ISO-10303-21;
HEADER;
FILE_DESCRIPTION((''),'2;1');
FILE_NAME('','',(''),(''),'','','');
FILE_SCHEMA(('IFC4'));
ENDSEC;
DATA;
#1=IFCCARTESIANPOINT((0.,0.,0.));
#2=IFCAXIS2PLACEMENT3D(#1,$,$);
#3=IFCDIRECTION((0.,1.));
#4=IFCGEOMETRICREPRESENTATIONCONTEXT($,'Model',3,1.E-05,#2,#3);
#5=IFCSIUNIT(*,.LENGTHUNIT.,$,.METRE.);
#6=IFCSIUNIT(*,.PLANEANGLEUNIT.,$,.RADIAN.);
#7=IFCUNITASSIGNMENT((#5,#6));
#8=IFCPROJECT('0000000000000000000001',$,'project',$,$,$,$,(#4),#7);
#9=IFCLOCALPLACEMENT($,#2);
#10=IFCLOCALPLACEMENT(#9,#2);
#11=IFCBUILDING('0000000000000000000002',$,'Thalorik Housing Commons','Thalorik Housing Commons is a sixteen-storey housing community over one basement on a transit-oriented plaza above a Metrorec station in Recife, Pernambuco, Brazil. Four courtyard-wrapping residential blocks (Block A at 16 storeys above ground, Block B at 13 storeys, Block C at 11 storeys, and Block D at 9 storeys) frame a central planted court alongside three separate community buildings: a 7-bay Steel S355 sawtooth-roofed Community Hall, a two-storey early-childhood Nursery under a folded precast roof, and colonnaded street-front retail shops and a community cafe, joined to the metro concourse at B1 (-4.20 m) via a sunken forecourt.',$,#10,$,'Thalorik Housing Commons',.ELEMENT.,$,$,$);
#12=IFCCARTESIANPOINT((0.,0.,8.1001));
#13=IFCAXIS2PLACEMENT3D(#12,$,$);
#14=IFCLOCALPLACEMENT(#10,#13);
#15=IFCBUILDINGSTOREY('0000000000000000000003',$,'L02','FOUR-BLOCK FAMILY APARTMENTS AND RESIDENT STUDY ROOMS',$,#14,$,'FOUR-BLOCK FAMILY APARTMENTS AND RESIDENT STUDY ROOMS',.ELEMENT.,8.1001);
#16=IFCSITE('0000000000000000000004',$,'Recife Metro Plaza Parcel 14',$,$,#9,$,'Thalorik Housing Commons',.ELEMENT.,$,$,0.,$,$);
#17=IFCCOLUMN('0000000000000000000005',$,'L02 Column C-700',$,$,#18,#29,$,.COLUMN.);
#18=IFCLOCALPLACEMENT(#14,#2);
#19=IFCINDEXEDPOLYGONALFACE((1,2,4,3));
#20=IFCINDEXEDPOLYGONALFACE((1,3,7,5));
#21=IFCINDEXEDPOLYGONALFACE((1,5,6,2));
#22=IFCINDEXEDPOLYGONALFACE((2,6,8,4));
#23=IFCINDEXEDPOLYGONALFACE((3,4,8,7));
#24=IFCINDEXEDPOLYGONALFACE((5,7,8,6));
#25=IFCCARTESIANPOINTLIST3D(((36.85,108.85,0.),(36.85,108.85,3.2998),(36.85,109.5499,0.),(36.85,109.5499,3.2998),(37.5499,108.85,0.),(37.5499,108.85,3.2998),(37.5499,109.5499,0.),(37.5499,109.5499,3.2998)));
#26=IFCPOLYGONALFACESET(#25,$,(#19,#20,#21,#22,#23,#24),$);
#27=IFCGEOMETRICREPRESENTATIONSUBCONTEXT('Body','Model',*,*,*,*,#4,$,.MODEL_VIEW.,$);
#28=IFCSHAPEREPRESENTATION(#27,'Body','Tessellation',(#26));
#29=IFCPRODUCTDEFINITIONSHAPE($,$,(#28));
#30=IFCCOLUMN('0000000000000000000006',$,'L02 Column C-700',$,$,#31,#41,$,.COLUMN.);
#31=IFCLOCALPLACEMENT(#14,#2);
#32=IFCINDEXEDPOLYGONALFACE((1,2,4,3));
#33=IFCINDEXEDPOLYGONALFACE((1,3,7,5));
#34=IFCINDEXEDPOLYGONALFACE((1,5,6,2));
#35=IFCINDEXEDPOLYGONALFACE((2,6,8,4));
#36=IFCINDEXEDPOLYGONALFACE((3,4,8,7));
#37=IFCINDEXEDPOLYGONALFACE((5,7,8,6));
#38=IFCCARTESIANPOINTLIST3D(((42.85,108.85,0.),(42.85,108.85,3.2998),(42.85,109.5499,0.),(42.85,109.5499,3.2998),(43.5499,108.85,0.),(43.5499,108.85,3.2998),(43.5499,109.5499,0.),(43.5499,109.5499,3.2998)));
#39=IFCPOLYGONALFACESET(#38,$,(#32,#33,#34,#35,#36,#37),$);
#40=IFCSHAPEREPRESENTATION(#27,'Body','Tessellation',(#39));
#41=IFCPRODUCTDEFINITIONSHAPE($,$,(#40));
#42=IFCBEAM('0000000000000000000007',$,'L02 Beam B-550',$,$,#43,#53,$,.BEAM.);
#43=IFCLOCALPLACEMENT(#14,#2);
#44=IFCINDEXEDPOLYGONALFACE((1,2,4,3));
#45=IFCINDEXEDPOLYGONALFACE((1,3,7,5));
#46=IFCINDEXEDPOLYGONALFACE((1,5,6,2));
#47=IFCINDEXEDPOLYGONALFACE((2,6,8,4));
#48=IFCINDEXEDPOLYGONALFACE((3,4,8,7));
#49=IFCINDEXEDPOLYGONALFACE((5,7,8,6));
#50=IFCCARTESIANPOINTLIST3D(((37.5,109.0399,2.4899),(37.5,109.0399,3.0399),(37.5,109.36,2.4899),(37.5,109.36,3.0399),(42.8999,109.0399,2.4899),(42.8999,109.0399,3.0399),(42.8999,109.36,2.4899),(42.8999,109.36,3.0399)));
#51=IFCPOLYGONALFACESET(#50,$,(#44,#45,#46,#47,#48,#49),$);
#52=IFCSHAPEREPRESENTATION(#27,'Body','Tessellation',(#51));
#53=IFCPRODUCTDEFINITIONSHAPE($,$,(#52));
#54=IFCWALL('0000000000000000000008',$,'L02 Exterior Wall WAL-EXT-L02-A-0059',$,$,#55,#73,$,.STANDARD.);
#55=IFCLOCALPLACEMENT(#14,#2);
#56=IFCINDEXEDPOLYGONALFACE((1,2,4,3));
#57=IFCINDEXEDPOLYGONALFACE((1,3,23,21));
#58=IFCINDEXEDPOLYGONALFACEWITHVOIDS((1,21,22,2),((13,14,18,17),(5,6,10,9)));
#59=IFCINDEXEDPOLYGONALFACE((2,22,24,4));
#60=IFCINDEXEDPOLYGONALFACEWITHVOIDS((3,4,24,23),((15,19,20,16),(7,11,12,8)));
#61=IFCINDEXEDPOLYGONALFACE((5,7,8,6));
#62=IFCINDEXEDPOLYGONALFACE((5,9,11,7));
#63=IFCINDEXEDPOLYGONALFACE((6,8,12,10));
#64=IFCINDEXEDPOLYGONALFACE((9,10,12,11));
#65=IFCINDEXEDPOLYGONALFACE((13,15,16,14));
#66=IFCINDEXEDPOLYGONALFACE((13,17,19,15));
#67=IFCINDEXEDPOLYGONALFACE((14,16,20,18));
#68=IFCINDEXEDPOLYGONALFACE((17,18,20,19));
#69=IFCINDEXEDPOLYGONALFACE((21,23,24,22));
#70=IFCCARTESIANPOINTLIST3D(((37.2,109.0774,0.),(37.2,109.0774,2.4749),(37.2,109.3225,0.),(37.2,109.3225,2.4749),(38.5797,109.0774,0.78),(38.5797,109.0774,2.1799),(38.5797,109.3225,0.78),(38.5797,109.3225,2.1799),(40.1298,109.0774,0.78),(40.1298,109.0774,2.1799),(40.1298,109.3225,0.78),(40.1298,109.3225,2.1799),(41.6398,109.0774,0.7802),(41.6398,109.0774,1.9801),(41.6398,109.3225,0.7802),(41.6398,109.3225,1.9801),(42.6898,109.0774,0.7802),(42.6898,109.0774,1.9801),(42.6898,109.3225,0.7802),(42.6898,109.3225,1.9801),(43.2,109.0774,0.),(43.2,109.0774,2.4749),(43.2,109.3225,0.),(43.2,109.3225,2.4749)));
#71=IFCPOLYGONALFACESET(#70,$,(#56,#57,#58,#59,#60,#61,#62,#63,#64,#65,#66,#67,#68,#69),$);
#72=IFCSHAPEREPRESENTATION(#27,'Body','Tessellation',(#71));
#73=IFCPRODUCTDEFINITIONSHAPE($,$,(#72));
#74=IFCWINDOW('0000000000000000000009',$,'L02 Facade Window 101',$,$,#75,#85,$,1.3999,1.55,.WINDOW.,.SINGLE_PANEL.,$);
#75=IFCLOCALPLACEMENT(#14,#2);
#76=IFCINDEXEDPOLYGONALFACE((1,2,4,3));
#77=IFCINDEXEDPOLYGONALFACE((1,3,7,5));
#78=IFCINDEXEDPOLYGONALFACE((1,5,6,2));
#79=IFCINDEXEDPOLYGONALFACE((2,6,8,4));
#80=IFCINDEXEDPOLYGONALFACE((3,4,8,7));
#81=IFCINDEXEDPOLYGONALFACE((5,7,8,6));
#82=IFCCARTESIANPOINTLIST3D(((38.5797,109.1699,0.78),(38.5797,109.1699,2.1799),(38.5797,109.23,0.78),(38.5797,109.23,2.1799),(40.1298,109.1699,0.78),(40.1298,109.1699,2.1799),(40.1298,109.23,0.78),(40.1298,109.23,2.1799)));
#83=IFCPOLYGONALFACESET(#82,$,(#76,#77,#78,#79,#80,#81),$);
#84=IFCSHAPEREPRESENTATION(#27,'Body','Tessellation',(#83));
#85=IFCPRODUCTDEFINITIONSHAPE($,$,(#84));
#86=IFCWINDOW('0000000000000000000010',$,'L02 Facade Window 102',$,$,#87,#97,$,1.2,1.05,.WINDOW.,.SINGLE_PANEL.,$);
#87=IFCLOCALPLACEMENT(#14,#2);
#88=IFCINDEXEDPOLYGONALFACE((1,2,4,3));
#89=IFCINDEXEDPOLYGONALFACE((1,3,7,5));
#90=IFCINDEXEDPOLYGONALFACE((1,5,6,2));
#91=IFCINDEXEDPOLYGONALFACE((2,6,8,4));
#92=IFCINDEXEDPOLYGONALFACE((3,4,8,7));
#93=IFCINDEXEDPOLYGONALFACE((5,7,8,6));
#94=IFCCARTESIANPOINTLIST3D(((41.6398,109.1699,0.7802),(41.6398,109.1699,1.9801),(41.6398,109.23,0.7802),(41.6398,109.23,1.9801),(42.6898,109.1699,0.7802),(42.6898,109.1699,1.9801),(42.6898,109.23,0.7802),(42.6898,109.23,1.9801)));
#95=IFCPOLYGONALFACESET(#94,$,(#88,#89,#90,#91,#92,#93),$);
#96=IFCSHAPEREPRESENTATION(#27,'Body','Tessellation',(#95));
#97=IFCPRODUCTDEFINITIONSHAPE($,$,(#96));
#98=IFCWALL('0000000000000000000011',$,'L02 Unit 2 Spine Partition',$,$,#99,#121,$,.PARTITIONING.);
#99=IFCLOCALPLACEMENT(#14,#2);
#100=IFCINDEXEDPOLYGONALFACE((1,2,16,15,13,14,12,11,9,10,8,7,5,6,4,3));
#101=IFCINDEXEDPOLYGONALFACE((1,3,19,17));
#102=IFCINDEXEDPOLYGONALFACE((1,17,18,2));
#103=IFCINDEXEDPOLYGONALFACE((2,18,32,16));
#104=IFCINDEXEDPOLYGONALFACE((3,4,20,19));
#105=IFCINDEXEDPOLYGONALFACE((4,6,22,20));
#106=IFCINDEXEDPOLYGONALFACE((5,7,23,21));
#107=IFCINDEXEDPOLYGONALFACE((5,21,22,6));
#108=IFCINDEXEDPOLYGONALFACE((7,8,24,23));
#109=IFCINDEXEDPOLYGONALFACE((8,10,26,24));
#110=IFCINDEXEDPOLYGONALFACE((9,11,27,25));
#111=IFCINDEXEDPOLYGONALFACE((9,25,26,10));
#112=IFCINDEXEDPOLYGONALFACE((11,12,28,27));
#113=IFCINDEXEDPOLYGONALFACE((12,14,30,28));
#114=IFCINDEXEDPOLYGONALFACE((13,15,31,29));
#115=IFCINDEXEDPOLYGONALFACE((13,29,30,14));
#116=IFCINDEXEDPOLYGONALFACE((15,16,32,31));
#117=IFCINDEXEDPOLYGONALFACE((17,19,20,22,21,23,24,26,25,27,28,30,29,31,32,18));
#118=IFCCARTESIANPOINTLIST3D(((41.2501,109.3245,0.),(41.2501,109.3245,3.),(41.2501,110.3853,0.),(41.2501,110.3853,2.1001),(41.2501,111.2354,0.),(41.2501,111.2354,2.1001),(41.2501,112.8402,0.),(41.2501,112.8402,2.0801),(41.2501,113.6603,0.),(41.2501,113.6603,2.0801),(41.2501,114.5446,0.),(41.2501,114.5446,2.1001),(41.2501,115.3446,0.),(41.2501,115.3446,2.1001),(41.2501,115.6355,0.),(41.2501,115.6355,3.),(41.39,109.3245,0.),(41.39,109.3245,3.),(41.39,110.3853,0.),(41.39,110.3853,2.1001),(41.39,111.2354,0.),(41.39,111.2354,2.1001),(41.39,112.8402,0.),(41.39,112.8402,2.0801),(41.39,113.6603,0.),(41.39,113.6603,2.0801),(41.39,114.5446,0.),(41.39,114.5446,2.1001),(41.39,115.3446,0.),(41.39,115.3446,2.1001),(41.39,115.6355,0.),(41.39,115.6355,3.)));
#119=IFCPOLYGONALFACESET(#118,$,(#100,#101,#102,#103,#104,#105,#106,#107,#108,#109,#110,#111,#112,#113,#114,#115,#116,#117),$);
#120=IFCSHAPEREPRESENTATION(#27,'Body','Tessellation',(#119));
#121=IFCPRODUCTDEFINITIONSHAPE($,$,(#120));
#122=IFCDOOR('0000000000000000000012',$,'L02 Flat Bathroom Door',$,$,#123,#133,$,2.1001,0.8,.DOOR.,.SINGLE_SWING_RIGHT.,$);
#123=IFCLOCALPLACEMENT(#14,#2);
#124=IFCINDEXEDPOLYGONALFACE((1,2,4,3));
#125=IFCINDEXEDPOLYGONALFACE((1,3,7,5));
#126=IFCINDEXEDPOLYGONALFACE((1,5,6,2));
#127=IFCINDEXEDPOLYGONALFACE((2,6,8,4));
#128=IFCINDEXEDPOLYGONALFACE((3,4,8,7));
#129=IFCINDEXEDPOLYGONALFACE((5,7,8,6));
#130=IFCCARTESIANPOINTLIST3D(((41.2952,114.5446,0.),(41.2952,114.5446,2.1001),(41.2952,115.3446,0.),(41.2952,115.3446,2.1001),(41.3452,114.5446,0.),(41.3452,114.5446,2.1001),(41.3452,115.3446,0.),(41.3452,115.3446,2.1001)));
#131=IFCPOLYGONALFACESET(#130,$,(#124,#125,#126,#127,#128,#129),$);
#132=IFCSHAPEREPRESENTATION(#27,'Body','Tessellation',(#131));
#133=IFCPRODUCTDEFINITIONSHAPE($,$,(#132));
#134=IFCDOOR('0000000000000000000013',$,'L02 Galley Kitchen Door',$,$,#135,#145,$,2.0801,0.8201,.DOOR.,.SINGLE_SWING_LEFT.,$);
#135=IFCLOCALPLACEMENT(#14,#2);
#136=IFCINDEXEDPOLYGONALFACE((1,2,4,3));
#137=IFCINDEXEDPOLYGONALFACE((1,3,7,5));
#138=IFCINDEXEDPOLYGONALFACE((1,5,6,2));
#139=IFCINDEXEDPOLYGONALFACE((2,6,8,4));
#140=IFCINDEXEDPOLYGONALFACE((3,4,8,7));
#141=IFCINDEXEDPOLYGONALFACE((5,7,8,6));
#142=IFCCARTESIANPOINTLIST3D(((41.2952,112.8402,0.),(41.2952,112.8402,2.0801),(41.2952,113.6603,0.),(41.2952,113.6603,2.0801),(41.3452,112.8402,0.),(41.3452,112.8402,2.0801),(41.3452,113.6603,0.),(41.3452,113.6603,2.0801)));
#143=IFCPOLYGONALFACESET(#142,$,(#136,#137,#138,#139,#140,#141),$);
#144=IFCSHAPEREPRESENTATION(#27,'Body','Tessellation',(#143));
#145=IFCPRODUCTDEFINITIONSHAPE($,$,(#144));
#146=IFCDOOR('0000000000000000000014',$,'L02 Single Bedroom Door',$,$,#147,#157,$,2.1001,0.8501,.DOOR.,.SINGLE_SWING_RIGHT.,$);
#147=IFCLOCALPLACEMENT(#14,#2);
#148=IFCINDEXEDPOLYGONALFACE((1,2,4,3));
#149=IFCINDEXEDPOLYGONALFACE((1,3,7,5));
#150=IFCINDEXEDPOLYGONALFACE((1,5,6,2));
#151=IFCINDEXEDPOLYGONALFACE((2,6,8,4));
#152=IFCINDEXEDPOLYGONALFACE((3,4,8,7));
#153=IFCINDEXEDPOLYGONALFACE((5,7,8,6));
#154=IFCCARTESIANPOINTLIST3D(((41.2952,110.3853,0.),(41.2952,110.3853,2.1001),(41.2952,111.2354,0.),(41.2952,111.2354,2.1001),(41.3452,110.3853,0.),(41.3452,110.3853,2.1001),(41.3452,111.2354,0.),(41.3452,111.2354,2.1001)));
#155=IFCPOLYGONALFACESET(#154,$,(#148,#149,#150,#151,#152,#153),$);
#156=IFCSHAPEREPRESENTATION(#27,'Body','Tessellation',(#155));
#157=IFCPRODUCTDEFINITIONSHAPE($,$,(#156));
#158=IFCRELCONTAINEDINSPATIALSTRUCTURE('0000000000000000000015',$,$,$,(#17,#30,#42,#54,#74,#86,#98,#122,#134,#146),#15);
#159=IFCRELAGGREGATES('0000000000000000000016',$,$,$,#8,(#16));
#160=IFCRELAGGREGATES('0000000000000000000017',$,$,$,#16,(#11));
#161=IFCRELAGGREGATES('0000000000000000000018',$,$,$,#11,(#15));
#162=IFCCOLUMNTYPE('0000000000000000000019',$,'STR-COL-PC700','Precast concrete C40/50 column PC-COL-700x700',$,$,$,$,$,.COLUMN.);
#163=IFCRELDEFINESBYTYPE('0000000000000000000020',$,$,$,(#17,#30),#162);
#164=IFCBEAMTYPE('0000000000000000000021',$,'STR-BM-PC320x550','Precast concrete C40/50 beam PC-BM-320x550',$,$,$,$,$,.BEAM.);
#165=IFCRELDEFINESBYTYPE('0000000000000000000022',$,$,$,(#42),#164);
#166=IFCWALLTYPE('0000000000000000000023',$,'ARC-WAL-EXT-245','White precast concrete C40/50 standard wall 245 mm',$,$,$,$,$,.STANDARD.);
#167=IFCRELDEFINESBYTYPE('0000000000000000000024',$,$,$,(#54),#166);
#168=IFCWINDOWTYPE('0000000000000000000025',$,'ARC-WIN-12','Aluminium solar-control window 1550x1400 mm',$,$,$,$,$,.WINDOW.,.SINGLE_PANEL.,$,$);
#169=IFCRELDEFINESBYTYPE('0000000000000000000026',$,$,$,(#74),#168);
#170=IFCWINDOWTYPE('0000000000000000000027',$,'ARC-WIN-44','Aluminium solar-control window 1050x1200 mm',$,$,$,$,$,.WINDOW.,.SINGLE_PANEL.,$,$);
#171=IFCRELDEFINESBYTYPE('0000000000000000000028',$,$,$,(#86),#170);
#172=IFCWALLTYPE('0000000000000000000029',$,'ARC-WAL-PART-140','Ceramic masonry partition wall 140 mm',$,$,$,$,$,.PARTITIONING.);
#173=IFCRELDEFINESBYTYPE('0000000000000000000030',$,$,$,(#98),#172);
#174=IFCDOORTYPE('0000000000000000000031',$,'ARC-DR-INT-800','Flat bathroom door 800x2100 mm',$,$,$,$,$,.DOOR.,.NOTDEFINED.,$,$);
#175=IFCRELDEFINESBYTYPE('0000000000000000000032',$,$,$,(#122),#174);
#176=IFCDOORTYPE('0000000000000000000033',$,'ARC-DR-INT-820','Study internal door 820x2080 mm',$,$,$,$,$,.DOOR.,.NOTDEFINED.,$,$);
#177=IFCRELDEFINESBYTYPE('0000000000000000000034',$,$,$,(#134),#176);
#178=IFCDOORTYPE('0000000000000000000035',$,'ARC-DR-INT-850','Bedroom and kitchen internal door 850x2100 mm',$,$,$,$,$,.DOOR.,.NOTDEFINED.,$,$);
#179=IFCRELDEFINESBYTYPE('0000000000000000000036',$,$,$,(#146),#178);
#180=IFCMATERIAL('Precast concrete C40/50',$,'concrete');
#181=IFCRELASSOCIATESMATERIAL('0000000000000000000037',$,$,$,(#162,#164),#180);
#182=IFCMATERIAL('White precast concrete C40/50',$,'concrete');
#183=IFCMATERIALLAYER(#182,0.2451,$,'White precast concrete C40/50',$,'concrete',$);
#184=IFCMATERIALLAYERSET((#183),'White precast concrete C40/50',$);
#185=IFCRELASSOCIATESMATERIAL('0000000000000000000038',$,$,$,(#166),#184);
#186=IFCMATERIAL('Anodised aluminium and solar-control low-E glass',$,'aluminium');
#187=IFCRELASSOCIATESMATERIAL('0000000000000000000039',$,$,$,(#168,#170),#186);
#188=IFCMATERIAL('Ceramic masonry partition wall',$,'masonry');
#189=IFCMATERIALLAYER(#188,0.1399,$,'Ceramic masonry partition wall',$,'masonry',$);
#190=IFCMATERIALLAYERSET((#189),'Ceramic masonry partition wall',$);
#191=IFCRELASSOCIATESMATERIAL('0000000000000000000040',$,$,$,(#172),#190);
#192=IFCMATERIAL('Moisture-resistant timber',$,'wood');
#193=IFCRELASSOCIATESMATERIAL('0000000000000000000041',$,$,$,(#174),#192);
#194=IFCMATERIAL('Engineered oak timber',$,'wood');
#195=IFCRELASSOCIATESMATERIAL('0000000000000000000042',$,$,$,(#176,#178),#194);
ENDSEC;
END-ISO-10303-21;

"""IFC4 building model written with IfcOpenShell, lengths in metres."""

from ifc_helpers import new_model, si_unit, direction, frame, frame_2d, origin, origin_2d, place, context, subcontext, project, spatial, rectangle, extrude, material, layer, layer_set, material_profile, profile_set, type_object, element, fill, save


model = new_model("IFC4")

# Units and contexts
model_context = context("Model", 3, precision=1e-05, world=origin(), true_north=direction((0.0, 1.0)))
body_context = subcontext(model_context, "Body", "Model", "MODEL_VIEW")
ifc_project = project(units=[si_unit("LENGTHUNIT", "METRE"), si_unit("PLANEANGLEUNIT", "RADIAN")], contexts=[model_context])

# Site, building, storey
site_placement = place(None, origin())
site = spatial("IfcSite", under=ifc_project, at=site_placement, Name="Recife Metro Plaza Parcel 14", LongName="Thalorik Housing Commons", CompositionType="ELEMENT", RefElevation=0.0)
building_placement = place(site_placement, origin())
building = spatial("IfcBuilding", under=site, at=building_placement, Name="Thalorik Housing Commons", Description="Thalorik Housing Commons is a sixteen-storey housing community over one basement on a transit-oriented plaza above a Metrorec station in Recife, Pernambuco, Brazil. Four courtyard-wrapping residential blocks (Block A at 16 storeys above ground, Block B at 13 storeys, Block C at 11 storeys, and Block D at 9 storeys) frame a central planted court alongside three separate community buildings: a 7-bay Steel S355 sawtooth-roofed Community Hall, a two-storey early-childhood Nursery under a folded precast roof, and colonnaded street-front retail shops and a community cafe, joined to the metro concourse at B1 (-4.20 m) via a sunken forecourt.", LongName="Thalorik Housing Commons", CompositionType="ELEMENT")
storey_placement = place(building_placement, frame((0.0, 0.0, 8.1001)))
storey = spatial("IfcBuildingStorey", under=building, at=storey_placement, Name="L02", Description="FOUR-BLOCK FAMILY APARTMENTS AND RESIDENT STUDY ROOMS", LongName="FOUR-BLOCK FAMILY APARTMENTS AND RESIDENT STUDY ROOMS", CompositionType="ELEMENT", Elevation=8.1001)

# Columns
ifc_material_1 = material(Name="Precast concrete C40/50", Category="concrete")
ifc_material_profile_1 = material_profile(ifc_material_1, rectangle(XDim=0.7, YDim=0.7, at=origin_2d()), Name="PC 700x700", Category="concrete")
ifc_profile_set_1 = profile_set([ifc_material_profile_1], Name="Precast concrete C40/50")
column_type = type_object("IfcColumnType", Name="STR-COL-PC700", Description="Precast concrete C40/50 column PC-COL-700x700", PredefinedType="COLUMN", material=ifc_profile_set_1)
for number, where, z_axis, x_axis, name in (
    (1, (37.2, 109.2, 0.0), (0.0, 0.0, 1.0), (1.0, 0.0, 0.0), "L02 Column C-700"),
    (2, (43.2, 109.2, 0.0), (0.0, 0.0, 1.0), (1.0, 0.0, 0.0), "L02 Column C-700"),
):
    element("IfcColumn", number, at=place(storey_placement, frame(where, z_axis=z_axis, x_axis=x_axis)), inside=storey, type_object=column_type, Name=name, PredefinedType="COLUMN", context=body_context, shape_type="SweptSolid", body=[
        extrude(rectangle(XDim=0.7, YDim=0.7, at=origin_2d()), origin(), (0.0, 0.0, 1.0), 3.2998),
    ])

# Beam
ifc_material_profile_2 = material_profile(ifc_material_1, rectangle(XDim=0.3201, YDim=0.55, at=origin_2d()), Name="PC 320x550", Category="concrete")
ifc_profile_set_2 = profile_set([ifc_material_profile_2], Name="Precast concrete C40/50")
beam_type = type_object("IfcBeamType", Name="STR-BM-PC320x550", Description="Precast concrete C40/50 beam PC-BM-320x550", PredefinedType="BEAM", material=ifc_profile_set_2)
beam_placement = place(storey_placement, frame((37.5, 109.2, 2.7649), z_axis=(1.0, 0.0, 0.0), x_axis=(0.0, 1.0, 0.0)))
element("IfcBeam", 3, at=beam_placement, inside=storey, type_object=beam_type, Name="L02 Beam B-550", PredefinedType="BEAM", context=body_context, shape_type="SweptSolid", body=[
    extrude(rectangle(XDim=0.3201, YDim=0.55, at=origin_2d()), origin(), (0.0, 0.0, 1.0), 5.3999),
])

# Wall, openings, windows
ifc_material_2 = material(Name="White precast concrete C40/50", Category="concrete")
ifc_layer_1 = layer(ifc_material_2, 0.2451, Name="White precast concrete C40/50", Category="concrete")
ifc_layer_set_1 = layer_set([ifc_layer_1], Name="White precast concrete C40/50")
wall_type_1 = type_object("IfcWallType", Name="ARC-WAL-EXT-245", Description="White precast concrete C40/50 standard wall 245 mm", PredefinedType="STANDARD", material=ifc_layer_set_1)
wall_1_placement = place(storey_placement, frame((37.2, 109.2, 0.0), z_axis=(0.0, 0.0, 1.0), x_axis=(1.0, 0.0, 0.0)))
wall_1 = element("IfcWall", 4, at=wall_1_placement, inside=storey, type_object=wall_type_1, Name="L02 Exterior Wall WAL-EXT-L02-A-0059", PredefinedType="STANDARD", context=body_context, shape_type="SweptSolid", body=[
    extrude(rectangle(XDim=6.0, YDim=0.2451, at=frame_2d((3.0, 0.0))), origin(), (0.0, 0.0, 1.0), 2.4749),
])
opening_1_placement = place(wall_1_placement, frame((1.3799, 0.0, 0.78)))
opening_1 = element("IfcOpeningElement", 5, at=opening_1_placement, cuts=wall_1, PredefinedType="OPENING", context=body_context, shape_type="SweptSolid", body=[
    extrude(rectangle(XDim=1.55, YDim=1.3999, at=frame_2d((0.7749, 0.7))), frame((0.0, 0.1326, 0.0), z_axis=(0.0, -1.0, 0.0), x_axis=(1.0, 0.0, 0.0)), (0.0, 0.0, 1.0), 0.2651),
])
opening_2_placement = place(wall_1_placement, frame((4.4399, 0.0, 0.78)))
opening_2 = element("IfcOpeningElement", 6, at=opening_2_placement, cuts=wall_1, PredefinedType="OPENING", context=body_context, shape_type="SweptSolid", body=[
    extrude(rectangle(XDim=1.05, YDim=1.2, at=frame_2d((0.5249, 0.6001))), frame((0.0, 0.1326, 0.0), z_axis=(0.0, -1.0, 0.0), x_axis=(1.0, 0.0, 0.0)), (0.0, 0.0, 1.0), 0.2651),
])
ifc_material_3 = material(Name="Anodised aluminium and solar-control low-E glass", Category="aluminium")
window_type_1 = type_object("IfcWindowType", Name="ARC-WIN-12", Description="Aluminium solar-control window 1550x1400 mm", PartitioningType="SINGLE_PANEL", PredefinedType="WINDOW", material=ifc_material_3)
window_1_placement = place(opening_1_placement, origin())
window_1 = element("IfcWindow", 7, at=window_1_placement, inside=storey, type_object=window_type_1, Name="L02 Facade Window 101", OverallHeight=1.3999, OverallWidth=1.55, PartitioningType="SINGLE_PANEL", PredefinedType="WINDOW", context=body_context, shape_type="SweptSolid", body=[
    extrude(rectangle(XDim=1.55, YDim=1.3999, at=frame_2d((0.7749, 0.7))), frame((0.0, 0.03, 0.0), z_axis=(0.0, -1.0, 0.0), x_axis=(1.0, 0.0, 0.0)), (0.0, 0.0, 1.0), 0.0601),
])
fill(opening_1, window_1)
window_type_2 = type_object("IfcWindowType", Name="ARC-WIN-44", Description="Aluminium solar-control window 1050x1200 mm", PartitioningType="SINGLE_PANEL", PredefinedType="WINDOW", material=ifc_material_3)
window_2_placement = place(opening_2_placement, origin())
window_2 = element("IfcWindow", 8, at=window_2_placement, inside=storey, type_object=window_type_2, Name="L02 Facade Window 102", OverallHeight=1.2, OverallWidth=1.05, PartitioningType="SINGLE_PANEL", PredefinedType="WINDOW", context=body_context, shape_type="SweptSolid", body=[
    extrude(rectangle(XDim=1.05, YDim=1.2, at=frame_2d((0.5249, 0.6001))), frame((0.0, 0.03, 0.0), z_axis=(0.0, -1.0, 0.0), x_axis=(1.0, 0.0, 0.0)), (0.0, 0.0, 1.0), 0.0601),
])
fill(opening_2, window_2)

# Wall, openings, doors
ifc_material_4 = material(Name="Ceramic masonry partition wall", Category="masonry")
ifc_layer_2 = layer(ifc_material_4, 0.1399, Name="Ceramic masonry partition wall", Category="masonry")
ifc_layer_set_2 = layer_set([ifc_layer_2], Name="Ceramic masonry partition wall")
wall_type_2 = type_object("IfcWallType", Name="ARC-WAL-PART-140", Description="Ceramic masonry partition wall 140 mm", PredefinedType="PARTITIONING", material=ifc_layer_set_2)
wall_2_placement = place(storey_placement, frame((41.3201, 109.3245, 0.0), z_axis=(0.0, 0.0, 1.0), x_axis=(0.0, 1.0, 0.0)))
wall_2 = element("IfcWall", 9, at=wall_2_placement, inside=storey, type_object=wall_type_2, Name="L02 Unit 2 Spine Partition", PredefinedType="PARTITIONING", context=body_context, shape_type="SweptSolid", body=[
    extrude(rectangle(XDim=6.311, YDim=0.1399, at=frame_2d((3.1555, 0.0))), origin(), (0.0, 0.0, 1.0), 3.0),
])
opening_3_placement = place(wall_2_placement, frame((1.0608, 0.0, 0.0)))
opening_3 = element("IfcOpeningElement", 10, at=opening_3_placement, cuts=wall_2, PredefinedType="OPENING", context=body_context, shape_type="SweptSolid", body=[
    extrude(rectangle(XDim=0.8501, YDim=2.1001, at=frame_2d((0.425, 1.05))), frame((0.0, 0.0801, 0.0), z_axis=(0.0, -1.0, 0.0), x_axis=(1.0, 0.0, 0.0)), (0.0, 0.0, 1.0), 0.1599),
])
opening_4_placement = place(wall_2_placement, frame((3.5156, 0.0, 0.0)))
opening_4 = element("IfcOpeningElement", 11, at=opening_4_placement, cuts=wall_2, PredefinedType="OPENING", context=body_context, shape_type="SweptSolid", body=[
    extrude(rectangle(XDim=0.8201, YDim=2.0801, at=frame_2d((0.4102, 1.04))), frame((0.0, 0.0801, 0.0), z_axis=(0.0, -1.0, 0.0), x_axis=(1.0, 0.0, 0.0)), (0.0, 0.0, 1.0), 0.1599),
])
opening_5_placement = place(wall_2_placement, frame((5.2202, 0.0, 0.0)))
opening_5 = element("IfcOpeningElement", 12, at=opening_5_placement, cuts=wall_2, PredefinedType="OPENING", context=body_context, shape_type="SweptSolid", body=[
    extrude(rectangle(XDim=0.8, YDim=2.1001, at=frame_2d((0.3999, 1.05))), frame((0.0, 0.0801, 0.0), z_axis=(0.0, -1.0, 0.0), x_axis=(1.0, 0.0, 0.0)), (0.0, 0.0, 1.0), 0.1599),
])
ifc_material_5 = material(Name="Moisture-resistant timber", Category="wood")
door_type_1 = type_object("IfcDoorType", Name="ARC-DR-INT-800", Description="Flat bathroom door 800x2100 mm", OperationType="NOTDEFINED", PredefinedType="DOOR", material=ifc_material_5)
door_1_placement = place(opening_5_placement, origin())
door_1 = element("IfcDoor", 13, at=door_1_placement, inside=storey, type_object=door_type_1, Name="L02 Flat Bathroom Door", OperationType="SINGLE_SWING_RIGHT", OverallHeight=2.1001, OverallWidth=0.8, PredefinedType="DOOR", context=body_context, shape_type="SweptSolid", body=[
    extrude(rectangle(XDim=0.8, YDim=2.1001, at=frame_2d((0.3999, 1.05))), frame((0.0, 0.0249, 0.0), z_axis=(0.0, -1.0, 0.0), x_axis=(1.0, 0.0, 0.0)), (0.0, 0.0, 1.0), 0.05),
])
fill(opening_5, door_1)
ifc_material_6 = material(Name="Engineered oak timber", Category="wood")
door_type_2 = type_object("IfcDoorType", Name="ARC-DR-INT-820", Description="Study internal door 820x2080 mm", OperationType="NOTDEFINED", PredefinedType="DOOR", material=ifc_material_6)
door_2_placement = place(opening_4_placement, origin())
door_2 = element("IfcDoor", 14, at=door_2_placement, inside=storey, type_object=door_type_2, Name="L02 Galley Kitchen Door", OperationType="SINGLE_SWING_LEFT", OverallHeight=2.0801, OverallWidth=0.8201, PredefinedType="DOOR", context=body_context, shape_type="SweptSolid", body=[
    extrude(rectangle(XDim=0.8201, YDim=2.0801, at=frame_2d((0.4102, 1.04))), frame((0.0, 0.0249, 0.0), z_axis=(0.0, -1.0, 0.0), x_axis=(1.0, 0.0, 0.0)), (0.0, 0.0, 1.0), 0.05),
])
fill(opening_4, door_2)
door_type_3 = type_object("IfcDoorType", Name="ARC-DR-INT-850", Description="Bedroom and kitchen internal door 850x2100 mm", OperationType="NOTDEFINED", PredefinedType="DOOR", material=ifc_material_6)
door_3_placement = place(opening_3_placement, origin())
door_3 = element("IfcDoor", 15, at=door_3_placement, inside=storey, type_object=door_type_3, Name="L02 Single Bedroom Door", OperationType="SINGLE_SWING_RIGHT", OverallHeight=2.1001, OverallWidth=0.8501, PredefinedType="DOOR", context=body_context, shape_type="SweptSolid", body=[
    extrude(rectangle(XDim=0.8501, YDim=2.1001, at=frame_2d((0.425, 1.05))), frame((0.0, 0.0249, 0.0), z_axis=(0.0, -1.0, 0.0), x_axis=(1.0, 0.0, 0.0)), (0.0, 0.0, 1.0), 0.05),
])
fill(opening_3, door_3)

save(model, "model.ifc")
